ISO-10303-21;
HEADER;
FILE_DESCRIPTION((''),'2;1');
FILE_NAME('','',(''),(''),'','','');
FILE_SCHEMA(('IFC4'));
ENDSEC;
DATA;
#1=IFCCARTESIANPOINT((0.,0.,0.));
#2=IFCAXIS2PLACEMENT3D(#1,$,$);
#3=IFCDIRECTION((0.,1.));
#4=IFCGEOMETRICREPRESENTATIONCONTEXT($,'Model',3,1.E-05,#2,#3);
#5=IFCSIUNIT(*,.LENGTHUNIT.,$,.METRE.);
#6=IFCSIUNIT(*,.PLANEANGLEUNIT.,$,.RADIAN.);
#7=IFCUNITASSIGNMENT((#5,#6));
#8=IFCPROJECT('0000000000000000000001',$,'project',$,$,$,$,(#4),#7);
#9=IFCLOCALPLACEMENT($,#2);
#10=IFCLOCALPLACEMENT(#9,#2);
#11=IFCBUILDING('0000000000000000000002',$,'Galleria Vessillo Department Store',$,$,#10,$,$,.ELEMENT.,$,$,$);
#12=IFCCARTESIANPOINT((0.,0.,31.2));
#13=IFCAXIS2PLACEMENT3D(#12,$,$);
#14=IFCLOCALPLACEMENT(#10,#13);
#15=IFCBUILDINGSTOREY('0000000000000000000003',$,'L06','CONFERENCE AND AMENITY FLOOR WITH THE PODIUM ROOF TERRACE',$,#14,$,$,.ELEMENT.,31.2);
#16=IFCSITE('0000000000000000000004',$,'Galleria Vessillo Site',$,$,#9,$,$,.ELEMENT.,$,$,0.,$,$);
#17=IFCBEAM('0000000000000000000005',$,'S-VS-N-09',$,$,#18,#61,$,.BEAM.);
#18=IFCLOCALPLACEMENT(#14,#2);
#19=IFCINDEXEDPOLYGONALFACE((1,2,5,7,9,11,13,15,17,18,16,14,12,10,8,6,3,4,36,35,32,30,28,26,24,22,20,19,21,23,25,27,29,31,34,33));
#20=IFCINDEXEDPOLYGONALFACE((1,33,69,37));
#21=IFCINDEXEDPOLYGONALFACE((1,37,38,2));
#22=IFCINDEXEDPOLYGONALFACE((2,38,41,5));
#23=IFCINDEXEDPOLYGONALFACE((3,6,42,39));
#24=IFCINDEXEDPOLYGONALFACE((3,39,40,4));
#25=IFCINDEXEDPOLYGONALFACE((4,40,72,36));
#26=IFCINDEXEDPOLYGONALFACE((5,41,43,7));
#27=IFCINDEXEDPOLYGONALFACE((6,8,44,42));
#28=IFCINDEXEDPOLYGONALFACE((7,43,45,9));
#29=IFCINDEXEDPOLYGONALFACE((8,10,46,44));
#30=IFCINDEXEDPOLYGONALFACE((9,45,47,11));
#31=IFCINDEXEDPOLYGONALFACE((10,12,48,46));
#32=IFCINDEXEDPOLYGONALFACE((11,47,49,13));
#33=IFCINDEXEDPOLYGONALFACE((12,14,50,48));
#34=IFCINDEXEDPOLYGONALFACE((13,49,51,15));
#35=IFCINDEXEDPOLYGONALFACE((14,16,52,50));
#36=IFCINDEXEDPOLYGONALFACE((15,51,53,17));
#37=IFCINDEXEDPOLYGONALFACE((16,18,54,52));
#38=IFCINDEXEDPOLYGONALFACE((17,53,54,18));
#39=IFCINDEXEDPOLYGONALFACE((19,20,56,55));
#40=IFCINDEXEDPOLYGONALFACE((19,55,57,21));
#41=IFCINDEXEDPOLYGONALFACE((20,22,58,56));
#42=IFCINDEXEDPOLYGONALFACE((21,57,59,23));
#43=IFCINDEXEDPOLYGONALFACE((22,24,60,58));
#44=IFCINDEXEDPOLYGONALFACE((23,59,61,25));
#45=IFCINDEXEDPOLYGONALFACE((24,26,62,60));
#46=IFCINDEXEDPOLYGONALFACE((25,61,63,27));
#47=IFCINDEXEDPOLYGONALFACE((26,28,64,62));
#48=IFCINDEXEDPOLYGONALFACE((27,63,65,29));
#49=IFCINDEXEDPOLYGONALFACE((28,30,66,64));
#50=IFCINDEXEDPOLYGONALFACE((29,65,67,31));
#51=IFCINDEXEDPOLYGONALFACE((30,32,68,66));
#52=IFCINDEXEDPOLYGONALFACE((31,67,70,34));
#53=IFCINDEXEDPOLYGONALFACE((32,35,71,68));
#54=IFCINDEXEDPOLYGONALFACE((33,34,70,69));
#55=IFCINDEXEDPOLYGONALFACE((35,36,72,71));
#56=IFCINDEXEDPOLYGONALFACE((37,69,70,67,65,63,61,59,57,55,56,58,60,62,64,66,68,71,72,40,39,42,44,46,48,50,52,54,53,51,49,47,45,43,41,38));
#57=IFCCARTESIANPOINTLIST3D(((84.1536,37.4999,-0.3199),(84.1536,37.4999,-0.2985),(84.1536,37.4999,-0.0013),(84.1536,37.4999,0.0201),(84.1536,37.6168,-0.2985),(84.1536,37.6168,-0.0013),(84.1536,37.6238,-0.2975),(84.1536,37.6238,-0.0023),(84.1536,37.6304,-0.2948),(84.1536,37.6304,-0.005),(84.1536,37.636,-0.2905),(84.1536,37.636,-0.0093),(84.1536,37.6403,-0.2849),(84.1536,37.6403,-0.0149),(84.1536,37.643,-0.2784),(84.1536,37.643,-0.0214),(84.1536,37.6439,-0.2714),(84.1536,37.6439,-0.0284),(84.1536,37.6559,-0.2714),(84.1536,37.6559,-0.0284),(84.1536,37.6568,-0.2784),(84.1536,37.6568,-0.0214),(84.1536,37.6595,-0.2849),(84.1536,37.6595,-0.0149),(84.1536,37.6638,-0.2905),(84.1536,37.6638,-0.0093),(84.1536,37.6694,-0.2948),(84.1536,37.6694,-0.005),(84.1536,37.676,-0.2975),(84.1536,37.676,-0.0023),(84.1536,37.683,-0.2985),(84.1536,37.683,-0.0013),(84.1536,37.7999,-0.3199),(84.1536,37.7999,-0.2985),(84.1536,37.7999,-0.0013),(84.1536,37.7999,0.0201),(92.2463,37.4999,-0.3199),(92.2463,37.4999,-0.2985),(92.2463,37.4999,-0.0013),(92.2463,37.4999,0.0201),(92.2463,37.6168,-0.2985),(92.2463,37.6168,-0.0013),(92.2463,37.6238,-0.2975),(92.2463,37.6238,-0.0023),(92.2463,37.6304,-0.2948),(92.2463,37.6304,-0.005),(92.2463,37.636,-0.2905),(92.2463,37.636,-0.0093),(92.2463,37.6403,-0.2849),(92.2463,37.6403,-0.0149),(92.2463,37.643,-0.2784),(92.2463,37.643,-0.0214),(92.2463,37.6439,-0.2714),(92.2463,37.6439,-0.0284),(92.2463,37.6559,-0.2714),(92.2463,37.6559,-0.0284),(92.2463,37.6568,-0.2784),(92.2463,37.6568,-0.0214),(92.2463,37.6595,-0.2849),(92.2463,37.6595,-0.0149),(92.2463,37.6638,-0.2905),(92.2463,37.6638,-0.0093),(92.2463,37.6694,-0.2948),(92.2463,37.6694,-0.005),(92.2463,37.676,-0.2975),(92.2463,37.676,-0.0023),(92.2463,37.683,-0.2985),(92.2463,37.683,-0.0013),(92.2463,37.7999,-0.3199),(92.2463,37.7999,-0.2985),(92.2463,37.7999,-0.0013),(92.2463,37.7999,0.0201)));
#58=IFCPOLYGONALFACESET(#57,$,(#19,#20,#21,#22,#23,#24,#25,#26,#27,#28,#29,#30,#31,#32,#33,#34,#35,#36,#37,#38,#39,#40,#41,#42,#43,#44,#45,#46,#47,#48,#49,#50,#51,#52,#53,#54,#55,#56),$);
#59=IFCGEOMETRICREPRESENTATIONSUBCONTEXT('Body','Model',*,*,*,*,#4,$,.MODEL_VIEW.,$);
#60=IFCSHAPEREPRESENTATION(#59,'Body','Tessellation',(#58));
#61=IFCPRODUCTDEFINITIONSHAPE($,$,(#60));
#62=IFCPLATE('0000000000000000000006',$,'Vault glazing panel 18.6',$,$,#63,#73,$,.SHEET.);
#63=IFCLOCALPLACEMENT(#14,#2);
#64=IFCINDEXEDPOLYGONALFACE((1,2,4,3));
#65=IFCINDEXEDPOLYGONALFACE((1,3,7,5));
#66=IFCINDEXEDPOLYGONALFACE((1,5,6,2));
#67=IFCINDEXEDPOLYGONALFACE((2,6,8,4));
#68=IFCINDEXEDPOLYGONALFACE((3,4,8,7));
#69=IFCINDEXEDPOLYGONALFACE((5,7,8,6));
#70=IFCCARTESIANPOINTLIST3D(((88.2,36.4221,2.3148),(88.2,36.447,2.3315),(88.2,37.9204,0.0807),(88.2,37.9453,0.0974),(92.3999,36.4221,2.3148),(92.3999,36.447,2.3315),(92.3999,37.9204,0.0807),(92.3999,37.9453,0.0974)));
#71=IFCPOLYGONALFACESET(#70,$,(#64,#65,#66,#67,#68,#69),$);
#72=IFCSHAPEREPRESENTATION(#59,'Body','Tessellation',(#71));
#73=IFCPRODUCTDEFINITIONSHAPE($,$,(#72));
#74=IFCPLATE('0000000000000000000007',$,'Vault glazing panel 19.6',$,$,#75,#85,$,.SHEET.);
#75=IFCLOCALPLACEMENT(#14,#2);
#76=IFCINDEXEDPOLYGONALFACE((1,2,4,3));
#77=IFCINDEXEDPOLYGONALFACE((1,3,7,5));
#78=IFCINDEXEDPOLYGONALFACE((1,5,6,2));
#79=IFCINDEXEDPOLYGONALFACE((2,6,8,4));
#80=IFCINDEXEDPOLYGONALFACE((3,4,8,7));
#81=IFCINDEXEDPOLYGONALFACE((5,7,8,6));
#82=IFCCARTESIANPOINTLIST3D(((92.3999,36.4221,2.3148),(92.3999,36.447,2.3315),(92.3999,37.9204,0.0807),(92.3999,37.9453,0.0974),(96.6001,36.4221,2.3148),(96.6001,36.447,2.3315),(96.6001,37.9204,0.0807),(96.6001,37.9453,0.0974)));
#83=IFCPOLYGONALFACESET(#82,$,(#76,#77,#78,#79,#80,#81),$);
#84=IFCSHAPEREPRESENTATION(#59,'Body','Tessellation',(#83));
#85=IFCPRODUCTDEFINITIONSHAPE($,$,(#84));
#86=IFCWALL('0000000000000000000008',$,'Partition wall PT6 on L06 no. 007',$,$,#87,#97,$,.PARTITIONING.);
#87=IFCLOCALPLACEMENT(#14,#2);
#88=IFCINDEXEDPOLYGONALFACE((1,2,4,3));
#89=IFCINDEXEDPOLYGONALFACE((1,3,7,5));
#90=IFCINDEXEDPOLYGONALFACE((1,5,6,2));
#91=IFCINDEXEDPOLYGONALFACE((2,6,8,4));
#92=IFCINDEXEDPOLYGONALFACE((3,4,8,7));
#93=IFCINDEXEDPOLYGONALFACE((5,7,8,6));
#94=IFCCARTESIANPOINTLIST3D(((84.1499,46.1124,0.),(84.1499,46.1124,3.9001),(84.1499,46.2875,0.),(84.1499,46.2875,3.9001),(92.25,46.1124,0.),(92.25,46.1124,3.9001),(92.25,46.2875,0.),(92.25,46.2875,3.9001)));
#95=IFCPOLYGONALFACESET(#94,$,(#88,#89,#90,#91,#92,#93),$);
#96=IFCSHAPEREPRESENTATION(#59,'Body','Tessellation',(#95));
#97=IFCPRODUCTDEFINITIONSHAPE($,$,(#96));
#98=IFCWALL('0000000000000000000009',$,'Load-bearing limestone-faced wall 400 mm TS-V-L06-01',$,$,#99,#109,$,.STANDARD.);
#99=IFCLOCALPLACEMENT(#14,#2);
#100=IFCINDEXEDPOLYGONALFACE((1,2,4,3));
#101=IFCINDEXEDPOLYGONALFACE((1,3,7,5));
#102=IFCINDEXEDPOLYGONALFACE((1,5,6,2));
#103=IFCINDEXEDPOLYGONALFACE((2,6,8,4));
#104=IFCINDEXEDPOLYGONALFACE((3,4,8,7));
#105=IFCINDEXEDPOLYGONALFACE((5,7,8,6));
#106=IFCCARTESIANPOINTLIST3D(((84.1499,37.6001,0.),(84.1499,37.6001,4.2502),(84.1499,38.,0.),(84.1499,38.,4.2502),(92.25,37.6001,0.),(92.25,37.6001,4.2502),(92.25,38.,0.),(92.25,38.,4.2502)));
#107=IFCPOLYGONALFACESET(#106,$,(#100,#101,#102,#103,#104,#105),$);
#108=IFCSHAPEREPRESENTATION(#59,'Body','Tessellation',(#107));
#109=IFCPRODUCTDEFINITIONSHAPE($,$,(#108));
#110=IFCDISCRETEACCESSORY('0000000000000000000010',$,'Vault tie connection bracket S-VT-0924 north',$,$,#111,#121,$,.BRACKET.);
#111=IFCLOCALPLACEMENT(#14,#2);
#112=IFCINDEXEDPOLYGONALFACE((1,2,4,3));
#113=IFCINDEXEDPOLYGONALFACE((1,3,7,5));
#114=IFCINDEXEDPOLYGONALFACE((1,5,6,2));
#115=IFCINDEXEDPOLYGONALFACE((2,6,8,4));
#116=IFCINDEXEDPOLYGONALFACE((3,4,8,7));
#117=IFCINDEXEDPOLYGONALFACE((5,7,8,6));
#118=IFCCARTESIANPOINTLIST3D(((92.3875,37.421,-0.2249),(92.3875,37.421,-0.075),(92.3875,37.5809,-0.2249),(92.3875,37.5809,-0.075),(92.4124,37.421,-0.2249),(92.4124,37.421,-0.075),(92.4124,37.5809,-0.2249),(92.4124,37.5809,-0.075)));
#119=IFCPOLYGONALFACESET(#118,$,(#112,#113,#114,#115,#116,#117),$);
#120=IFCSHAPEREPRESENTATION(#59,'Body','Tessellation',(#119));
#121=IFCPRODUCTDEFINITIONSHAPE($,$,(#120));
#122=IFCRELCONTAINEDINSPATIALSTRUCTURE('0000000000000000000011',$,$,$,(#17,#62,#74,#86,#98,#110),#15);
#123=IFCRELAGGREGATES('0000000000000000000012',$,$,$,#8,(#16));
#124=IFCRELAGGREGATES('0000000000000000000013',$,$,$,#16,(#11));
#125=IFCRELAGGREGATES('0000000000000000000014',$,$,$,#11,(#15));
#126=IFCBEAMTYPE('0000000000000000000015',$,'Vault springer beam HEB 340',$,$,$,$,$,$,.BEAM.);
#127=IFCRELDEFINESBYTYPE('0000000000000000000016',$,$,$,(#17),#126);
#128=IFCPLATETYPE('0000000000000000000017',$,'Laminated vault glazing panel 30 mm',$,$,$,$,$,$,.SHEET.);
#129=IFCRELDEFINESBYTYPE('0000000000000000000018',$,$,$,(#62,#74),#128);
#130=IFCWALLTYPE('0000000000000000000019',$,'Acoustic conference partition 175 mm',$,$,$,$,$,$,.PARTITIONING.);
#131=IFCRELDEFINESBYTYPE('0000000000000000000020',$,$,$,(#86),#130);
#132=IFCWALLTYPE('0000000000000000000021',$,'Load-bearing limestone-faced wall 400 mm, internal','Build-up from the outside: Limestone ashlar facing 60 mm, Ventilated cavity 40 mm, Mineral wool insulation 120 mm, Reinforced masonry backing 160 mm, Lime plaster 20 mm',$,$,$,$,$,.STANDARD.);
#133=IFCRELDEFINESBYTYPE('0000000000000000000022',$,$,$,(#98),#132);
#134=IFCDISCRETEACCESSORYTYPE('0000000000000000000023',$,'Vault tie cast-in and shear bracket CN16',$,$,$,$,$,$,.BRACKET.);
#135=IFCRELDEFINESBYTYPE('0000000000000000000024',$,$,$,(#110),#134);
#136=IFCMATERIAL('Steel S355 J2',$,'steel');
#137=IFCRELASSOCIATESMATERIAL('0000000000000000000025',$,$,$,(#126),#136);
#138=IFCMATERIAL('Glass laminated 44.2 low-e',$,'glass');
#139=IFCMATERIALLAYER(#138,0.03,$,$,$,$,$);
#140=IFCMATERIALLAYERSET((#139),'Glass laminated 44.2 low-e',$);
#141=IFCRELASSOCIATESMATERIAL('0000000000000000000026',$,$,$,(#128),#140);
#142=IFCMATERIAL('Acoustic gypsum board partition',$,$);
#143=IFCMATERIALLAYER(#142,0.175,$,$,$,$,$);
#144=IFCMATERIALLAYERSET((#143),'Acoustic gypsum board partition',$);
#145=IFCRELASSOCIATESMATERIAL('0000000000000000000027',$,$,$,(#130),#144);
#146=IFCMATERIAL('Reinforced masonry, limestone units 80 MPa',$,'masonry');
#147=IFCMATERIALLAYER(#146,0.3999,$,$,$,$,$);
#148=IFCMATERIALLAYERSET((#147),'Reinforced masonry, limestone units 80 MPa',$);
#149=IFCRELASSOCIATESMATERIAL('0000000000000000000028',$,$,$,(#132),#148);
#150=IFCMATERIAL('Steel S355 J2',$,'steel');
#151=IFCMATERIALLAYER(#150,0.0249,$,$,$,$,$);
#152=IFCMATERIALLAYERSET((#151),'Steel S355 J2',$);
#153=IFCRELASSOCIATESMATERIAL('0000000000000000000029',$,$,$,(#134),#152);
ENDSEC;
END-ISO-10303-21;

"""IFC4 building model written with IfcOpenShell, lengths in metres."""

from ifc_helpers import new_model, si_unit, direction, frame, frame_2d, origin, origin_2d, place, context, subcontext, project, spatial, polyline, rectangle, i_section, outline, extrude, material, layer, layer_set, material_profile, profile_set, type_object, element, save


model = new_model("IFC4")

# Units and contexts
model_context = context("Model", 3, precision=1e-05, world=origin(), true_north=direction((0.0, 1.0)))
body_context = subcontext(model_context, "Body", "Model", "MODEL_VIEW")
ifc_project = project(units=[si_unit("LENGTHUNIT", "METRE"), si_unit("PLANEANGLEUNIT", "RADIAN")], contexts=[model_context])

# Site, building, storey
site_placement = place(None, origin())
site = spatial("IfcSite", under=ifc_project, at=site_placement, Name="Galleria Vessillo Site", CompositionType="ELEMENT", RefElevation=0.0)
building_placement = place(site_placement, origin())
building = spatial("IfcBuilding", under=site, at=building_placement, Name="Galleria Vessillo Department Store", CompositionType="ELEMENT")
storey_placement = place(building_placement, frame((0.0, 0.0, 31.2)))
storey = spatial("IfcBuildingStorey", under=building, at=storey_placement, Name="L06", Description="CONFERENCE AND AMENITY FLOOR WITH THE PODIUM ROOF TERRACE", CompositionType="ELEMENT", Elevation=31.2)

# Beam
ifc_material_1 = material(Name="Steel S355 J2", Category="steel")
ifc_material_profile_1 = material_profile(ifc_material_1, i_section(OverallWidth=0.3, OverallDepth=0.3401, WebThickness=0.012, FlangeThickness=0.0215, FilletRadius=0.0271, at=origin_2d()), Name="HEB 340")
ifc_profile_set_1 = profile_set([ifc_material_profile_1], Name="Steel S355 J2")
beam_type_1 = type_object("IfcBeamType", Name="Vault springer beam HEB 340", PredefinedType="BEAM", material=ifc_profile_set_1)
beam_1_placement = place(storey_placement, frame((84.1536, 37.6499, -0.1499), z_axis=(1.0, 0.0, 0.0), x_axis=(0.0, 1.0, 0.0)))
element("IfcBeam", 1, at=beam_1_placement, inside=storey, type_object=beam_type_1, Name="S-VS-N-09", PredefinedType="BEAM", context=body_context, shape_type="SweptSolid", body=[
    extrude(i_section(OverallWidth=0.3, OverallDepth=0.3401, WebThickness=0.012, FlangeThickness=0.0215, FilletRadius=0.0271, at=origin_2d()), origin(), (0.0, 0.0, 1.0), 8.0928),
])

# Plates
ifc_material_2 = material(Name="Glass laminated 44.2 low-e", Category="glass")
ifc_layer_1 = layer(ifc_material_2, 0.03)
ifc_layer_set_1 = layer_set([ifc_layer_1], Name="Glass laminated 44.2 low-e")
plate_type = type_object("IfcPlateType", Name="Laminated vault glazing panel 30 mm", PredefinedType="SHEET", material=ifc_layer_set_1)
plate_1_placement = place(storey_placement, frame((88.2, 36.447, 2.3315), z_axis=(0.0, 0.830525, 0.556981), x_axis=(1.0, 0.0, 0.0)))
element("IfcPlate", 2, at=plate_1_placement, inside=storey, type_object=plate_type, Name="Vault glazing panel 18.6", PredefinedType="SHEET", context=body_context, shape_type="SweptSolid", body=[
    extrude(outline(polyline([(0.0, 0.0), (4.2, 0.0), (4.2, 2.69), (0.0, 2.69), (0.0, 0.0)])), origin(), (0.0, 0.0, -1.0), 0.03),
])
plate_2_placement = place(storey_placement, frame((92.3999, 36.447, 2.3315), z_axis=(0.0, 0.830525, 0.556981), x_axis=(1.0, 0.0, 0.0)))
element("IfcPlate", 3, at=plate_2_placement, inside=storey, type_object=plate_type, Name="Vault glazing panel 19.6", PredefinedType="SHEET", context=body_context, shape_type="SweptSolid", body=[
    extrude(outline(polyline([(0.0, 0.0), (4.2002, 0.0), (4.2002, 2.69), (0.0, 2.69), (0.0, 0.0)])), origin(), (0.0, 0.0, -1.0), 0.03),
])

# Wall
ifc_material_3 = material(Name="Acoustic gypsum board partition")
ifc_layer_2 = layer(ifc_material_3, 0.175)
ifc_layer_set_2 = layer_set([ifc_layer_2], Name="Acoustic gypsum board partition")
wall_type_1 = type_object("IfcWallType", Name="Acoustic conference partition 175 mm", PredefinedType="PARTITIONING", material=ifc_layer_set_2)
wall_1_placement = place(storey_placement, frame((84.1499, 46.2, 0.0), z_axis=(0.0, 0.0, 1.0), x_axis=(1.0, 0.0, 0.0)))
element("IfcWall", 4, at=wall_1_placement, inside=storey, type_object=wall_type_1, Name="Partition wall PT6 on L06 no. 007", PredefinedType="PARTITIONING", context=body_context, shape_type="SweptSolid", body=[
    extrude(rectangle(XDim=8.1001, YDim=0.175, at=frame_2d((4.05, 0.0))), origin(), (0.0, 0.0, 1.0), 3.9001),
])

# Wall
ifc_material_4 = material(Name="Reinforced masonry, limestone units 80 MPa", Category="masonry")
ifc_layer_3 = layer(ifc_material_4, 0.3999)
ifc_layer_set_3 = layer_set([ifc_layer_3], Name="Reinforced masonry, limestone units 80 MPa")
wall_type_2 = type_object("IfcWallType", Name="Load-bearing limestone-faced wall 400 mm, internal", Description="Build-up from the outside: Limestone ashlar facing 60 mm, Ventilated cavity 40 mm, Mineral wool insulation 120 mm, Reinforced masonry backing 160 mm, Lime plaster 20 mm", PredefinedType="STANDARD", material=ifc_layer_set_3)
wall_2_placement = place(storey_placement, frame((84.1499, 37.8, 0.0), z_axis=(0.0, 0.0, 1.0), x_axis=(1.0, 0.0, 0.0)))
element("IfcWall", 5, at=wall_2_placement, inside=storey, type_object=wall_type_2, Name="Load-bearing limestone-faced wall 400 mm TS-V-L06-01", PredefinedType="STANDARD", context=body_context, shape_type="SweptSolid", body=[
    extrude(rectangle(XDim=8.1001, YDim=0.3999, at=frame_2d((4.05, 0.0))), origin(), (0.0, 0.0, 1.0), 4.2502),
])

# Discrete accessory
ifc_material_5 = material(Name="Steel S355 J2", Category="steel")
ifc_layer_4 = layer(ifc_material_5, 0.0249)
ifc_layer_set_4 = layer_set([ifc_layer_4], Name="Steel S355 J2")
discrete_accessory_type = type_object("IfcDiscreteAccessoryType", Name="Vault tie cast-in and shear bracket CN16", PredefinedType="BRACKET", material=ifc_layer_set_4)
discrete_accessory_placement = place(storey_placement, frame((92.3999, 37.501, -0.2249), z_axis=(0.0, 0.0, 1.0), x_axis=(1.0, 0.0, 0.0)))
element("IfcDiscreteAccessory", 6, at=discrete_accessory_placement, inside=storey, type_object=discrete_accessory_type, Name="Vault tie connection bracket S-VT-0924 north", PredefinedType="BRACKET", context=body_context, shape_type="SweptSolid", body=[
    extrude(rectangle(XDim=0.0249, YDim=0.1599, at=origin_2d()), origin(), (0.0, 0.0, 1.0), 0.1499),
])

save(model, "model.ifc")
